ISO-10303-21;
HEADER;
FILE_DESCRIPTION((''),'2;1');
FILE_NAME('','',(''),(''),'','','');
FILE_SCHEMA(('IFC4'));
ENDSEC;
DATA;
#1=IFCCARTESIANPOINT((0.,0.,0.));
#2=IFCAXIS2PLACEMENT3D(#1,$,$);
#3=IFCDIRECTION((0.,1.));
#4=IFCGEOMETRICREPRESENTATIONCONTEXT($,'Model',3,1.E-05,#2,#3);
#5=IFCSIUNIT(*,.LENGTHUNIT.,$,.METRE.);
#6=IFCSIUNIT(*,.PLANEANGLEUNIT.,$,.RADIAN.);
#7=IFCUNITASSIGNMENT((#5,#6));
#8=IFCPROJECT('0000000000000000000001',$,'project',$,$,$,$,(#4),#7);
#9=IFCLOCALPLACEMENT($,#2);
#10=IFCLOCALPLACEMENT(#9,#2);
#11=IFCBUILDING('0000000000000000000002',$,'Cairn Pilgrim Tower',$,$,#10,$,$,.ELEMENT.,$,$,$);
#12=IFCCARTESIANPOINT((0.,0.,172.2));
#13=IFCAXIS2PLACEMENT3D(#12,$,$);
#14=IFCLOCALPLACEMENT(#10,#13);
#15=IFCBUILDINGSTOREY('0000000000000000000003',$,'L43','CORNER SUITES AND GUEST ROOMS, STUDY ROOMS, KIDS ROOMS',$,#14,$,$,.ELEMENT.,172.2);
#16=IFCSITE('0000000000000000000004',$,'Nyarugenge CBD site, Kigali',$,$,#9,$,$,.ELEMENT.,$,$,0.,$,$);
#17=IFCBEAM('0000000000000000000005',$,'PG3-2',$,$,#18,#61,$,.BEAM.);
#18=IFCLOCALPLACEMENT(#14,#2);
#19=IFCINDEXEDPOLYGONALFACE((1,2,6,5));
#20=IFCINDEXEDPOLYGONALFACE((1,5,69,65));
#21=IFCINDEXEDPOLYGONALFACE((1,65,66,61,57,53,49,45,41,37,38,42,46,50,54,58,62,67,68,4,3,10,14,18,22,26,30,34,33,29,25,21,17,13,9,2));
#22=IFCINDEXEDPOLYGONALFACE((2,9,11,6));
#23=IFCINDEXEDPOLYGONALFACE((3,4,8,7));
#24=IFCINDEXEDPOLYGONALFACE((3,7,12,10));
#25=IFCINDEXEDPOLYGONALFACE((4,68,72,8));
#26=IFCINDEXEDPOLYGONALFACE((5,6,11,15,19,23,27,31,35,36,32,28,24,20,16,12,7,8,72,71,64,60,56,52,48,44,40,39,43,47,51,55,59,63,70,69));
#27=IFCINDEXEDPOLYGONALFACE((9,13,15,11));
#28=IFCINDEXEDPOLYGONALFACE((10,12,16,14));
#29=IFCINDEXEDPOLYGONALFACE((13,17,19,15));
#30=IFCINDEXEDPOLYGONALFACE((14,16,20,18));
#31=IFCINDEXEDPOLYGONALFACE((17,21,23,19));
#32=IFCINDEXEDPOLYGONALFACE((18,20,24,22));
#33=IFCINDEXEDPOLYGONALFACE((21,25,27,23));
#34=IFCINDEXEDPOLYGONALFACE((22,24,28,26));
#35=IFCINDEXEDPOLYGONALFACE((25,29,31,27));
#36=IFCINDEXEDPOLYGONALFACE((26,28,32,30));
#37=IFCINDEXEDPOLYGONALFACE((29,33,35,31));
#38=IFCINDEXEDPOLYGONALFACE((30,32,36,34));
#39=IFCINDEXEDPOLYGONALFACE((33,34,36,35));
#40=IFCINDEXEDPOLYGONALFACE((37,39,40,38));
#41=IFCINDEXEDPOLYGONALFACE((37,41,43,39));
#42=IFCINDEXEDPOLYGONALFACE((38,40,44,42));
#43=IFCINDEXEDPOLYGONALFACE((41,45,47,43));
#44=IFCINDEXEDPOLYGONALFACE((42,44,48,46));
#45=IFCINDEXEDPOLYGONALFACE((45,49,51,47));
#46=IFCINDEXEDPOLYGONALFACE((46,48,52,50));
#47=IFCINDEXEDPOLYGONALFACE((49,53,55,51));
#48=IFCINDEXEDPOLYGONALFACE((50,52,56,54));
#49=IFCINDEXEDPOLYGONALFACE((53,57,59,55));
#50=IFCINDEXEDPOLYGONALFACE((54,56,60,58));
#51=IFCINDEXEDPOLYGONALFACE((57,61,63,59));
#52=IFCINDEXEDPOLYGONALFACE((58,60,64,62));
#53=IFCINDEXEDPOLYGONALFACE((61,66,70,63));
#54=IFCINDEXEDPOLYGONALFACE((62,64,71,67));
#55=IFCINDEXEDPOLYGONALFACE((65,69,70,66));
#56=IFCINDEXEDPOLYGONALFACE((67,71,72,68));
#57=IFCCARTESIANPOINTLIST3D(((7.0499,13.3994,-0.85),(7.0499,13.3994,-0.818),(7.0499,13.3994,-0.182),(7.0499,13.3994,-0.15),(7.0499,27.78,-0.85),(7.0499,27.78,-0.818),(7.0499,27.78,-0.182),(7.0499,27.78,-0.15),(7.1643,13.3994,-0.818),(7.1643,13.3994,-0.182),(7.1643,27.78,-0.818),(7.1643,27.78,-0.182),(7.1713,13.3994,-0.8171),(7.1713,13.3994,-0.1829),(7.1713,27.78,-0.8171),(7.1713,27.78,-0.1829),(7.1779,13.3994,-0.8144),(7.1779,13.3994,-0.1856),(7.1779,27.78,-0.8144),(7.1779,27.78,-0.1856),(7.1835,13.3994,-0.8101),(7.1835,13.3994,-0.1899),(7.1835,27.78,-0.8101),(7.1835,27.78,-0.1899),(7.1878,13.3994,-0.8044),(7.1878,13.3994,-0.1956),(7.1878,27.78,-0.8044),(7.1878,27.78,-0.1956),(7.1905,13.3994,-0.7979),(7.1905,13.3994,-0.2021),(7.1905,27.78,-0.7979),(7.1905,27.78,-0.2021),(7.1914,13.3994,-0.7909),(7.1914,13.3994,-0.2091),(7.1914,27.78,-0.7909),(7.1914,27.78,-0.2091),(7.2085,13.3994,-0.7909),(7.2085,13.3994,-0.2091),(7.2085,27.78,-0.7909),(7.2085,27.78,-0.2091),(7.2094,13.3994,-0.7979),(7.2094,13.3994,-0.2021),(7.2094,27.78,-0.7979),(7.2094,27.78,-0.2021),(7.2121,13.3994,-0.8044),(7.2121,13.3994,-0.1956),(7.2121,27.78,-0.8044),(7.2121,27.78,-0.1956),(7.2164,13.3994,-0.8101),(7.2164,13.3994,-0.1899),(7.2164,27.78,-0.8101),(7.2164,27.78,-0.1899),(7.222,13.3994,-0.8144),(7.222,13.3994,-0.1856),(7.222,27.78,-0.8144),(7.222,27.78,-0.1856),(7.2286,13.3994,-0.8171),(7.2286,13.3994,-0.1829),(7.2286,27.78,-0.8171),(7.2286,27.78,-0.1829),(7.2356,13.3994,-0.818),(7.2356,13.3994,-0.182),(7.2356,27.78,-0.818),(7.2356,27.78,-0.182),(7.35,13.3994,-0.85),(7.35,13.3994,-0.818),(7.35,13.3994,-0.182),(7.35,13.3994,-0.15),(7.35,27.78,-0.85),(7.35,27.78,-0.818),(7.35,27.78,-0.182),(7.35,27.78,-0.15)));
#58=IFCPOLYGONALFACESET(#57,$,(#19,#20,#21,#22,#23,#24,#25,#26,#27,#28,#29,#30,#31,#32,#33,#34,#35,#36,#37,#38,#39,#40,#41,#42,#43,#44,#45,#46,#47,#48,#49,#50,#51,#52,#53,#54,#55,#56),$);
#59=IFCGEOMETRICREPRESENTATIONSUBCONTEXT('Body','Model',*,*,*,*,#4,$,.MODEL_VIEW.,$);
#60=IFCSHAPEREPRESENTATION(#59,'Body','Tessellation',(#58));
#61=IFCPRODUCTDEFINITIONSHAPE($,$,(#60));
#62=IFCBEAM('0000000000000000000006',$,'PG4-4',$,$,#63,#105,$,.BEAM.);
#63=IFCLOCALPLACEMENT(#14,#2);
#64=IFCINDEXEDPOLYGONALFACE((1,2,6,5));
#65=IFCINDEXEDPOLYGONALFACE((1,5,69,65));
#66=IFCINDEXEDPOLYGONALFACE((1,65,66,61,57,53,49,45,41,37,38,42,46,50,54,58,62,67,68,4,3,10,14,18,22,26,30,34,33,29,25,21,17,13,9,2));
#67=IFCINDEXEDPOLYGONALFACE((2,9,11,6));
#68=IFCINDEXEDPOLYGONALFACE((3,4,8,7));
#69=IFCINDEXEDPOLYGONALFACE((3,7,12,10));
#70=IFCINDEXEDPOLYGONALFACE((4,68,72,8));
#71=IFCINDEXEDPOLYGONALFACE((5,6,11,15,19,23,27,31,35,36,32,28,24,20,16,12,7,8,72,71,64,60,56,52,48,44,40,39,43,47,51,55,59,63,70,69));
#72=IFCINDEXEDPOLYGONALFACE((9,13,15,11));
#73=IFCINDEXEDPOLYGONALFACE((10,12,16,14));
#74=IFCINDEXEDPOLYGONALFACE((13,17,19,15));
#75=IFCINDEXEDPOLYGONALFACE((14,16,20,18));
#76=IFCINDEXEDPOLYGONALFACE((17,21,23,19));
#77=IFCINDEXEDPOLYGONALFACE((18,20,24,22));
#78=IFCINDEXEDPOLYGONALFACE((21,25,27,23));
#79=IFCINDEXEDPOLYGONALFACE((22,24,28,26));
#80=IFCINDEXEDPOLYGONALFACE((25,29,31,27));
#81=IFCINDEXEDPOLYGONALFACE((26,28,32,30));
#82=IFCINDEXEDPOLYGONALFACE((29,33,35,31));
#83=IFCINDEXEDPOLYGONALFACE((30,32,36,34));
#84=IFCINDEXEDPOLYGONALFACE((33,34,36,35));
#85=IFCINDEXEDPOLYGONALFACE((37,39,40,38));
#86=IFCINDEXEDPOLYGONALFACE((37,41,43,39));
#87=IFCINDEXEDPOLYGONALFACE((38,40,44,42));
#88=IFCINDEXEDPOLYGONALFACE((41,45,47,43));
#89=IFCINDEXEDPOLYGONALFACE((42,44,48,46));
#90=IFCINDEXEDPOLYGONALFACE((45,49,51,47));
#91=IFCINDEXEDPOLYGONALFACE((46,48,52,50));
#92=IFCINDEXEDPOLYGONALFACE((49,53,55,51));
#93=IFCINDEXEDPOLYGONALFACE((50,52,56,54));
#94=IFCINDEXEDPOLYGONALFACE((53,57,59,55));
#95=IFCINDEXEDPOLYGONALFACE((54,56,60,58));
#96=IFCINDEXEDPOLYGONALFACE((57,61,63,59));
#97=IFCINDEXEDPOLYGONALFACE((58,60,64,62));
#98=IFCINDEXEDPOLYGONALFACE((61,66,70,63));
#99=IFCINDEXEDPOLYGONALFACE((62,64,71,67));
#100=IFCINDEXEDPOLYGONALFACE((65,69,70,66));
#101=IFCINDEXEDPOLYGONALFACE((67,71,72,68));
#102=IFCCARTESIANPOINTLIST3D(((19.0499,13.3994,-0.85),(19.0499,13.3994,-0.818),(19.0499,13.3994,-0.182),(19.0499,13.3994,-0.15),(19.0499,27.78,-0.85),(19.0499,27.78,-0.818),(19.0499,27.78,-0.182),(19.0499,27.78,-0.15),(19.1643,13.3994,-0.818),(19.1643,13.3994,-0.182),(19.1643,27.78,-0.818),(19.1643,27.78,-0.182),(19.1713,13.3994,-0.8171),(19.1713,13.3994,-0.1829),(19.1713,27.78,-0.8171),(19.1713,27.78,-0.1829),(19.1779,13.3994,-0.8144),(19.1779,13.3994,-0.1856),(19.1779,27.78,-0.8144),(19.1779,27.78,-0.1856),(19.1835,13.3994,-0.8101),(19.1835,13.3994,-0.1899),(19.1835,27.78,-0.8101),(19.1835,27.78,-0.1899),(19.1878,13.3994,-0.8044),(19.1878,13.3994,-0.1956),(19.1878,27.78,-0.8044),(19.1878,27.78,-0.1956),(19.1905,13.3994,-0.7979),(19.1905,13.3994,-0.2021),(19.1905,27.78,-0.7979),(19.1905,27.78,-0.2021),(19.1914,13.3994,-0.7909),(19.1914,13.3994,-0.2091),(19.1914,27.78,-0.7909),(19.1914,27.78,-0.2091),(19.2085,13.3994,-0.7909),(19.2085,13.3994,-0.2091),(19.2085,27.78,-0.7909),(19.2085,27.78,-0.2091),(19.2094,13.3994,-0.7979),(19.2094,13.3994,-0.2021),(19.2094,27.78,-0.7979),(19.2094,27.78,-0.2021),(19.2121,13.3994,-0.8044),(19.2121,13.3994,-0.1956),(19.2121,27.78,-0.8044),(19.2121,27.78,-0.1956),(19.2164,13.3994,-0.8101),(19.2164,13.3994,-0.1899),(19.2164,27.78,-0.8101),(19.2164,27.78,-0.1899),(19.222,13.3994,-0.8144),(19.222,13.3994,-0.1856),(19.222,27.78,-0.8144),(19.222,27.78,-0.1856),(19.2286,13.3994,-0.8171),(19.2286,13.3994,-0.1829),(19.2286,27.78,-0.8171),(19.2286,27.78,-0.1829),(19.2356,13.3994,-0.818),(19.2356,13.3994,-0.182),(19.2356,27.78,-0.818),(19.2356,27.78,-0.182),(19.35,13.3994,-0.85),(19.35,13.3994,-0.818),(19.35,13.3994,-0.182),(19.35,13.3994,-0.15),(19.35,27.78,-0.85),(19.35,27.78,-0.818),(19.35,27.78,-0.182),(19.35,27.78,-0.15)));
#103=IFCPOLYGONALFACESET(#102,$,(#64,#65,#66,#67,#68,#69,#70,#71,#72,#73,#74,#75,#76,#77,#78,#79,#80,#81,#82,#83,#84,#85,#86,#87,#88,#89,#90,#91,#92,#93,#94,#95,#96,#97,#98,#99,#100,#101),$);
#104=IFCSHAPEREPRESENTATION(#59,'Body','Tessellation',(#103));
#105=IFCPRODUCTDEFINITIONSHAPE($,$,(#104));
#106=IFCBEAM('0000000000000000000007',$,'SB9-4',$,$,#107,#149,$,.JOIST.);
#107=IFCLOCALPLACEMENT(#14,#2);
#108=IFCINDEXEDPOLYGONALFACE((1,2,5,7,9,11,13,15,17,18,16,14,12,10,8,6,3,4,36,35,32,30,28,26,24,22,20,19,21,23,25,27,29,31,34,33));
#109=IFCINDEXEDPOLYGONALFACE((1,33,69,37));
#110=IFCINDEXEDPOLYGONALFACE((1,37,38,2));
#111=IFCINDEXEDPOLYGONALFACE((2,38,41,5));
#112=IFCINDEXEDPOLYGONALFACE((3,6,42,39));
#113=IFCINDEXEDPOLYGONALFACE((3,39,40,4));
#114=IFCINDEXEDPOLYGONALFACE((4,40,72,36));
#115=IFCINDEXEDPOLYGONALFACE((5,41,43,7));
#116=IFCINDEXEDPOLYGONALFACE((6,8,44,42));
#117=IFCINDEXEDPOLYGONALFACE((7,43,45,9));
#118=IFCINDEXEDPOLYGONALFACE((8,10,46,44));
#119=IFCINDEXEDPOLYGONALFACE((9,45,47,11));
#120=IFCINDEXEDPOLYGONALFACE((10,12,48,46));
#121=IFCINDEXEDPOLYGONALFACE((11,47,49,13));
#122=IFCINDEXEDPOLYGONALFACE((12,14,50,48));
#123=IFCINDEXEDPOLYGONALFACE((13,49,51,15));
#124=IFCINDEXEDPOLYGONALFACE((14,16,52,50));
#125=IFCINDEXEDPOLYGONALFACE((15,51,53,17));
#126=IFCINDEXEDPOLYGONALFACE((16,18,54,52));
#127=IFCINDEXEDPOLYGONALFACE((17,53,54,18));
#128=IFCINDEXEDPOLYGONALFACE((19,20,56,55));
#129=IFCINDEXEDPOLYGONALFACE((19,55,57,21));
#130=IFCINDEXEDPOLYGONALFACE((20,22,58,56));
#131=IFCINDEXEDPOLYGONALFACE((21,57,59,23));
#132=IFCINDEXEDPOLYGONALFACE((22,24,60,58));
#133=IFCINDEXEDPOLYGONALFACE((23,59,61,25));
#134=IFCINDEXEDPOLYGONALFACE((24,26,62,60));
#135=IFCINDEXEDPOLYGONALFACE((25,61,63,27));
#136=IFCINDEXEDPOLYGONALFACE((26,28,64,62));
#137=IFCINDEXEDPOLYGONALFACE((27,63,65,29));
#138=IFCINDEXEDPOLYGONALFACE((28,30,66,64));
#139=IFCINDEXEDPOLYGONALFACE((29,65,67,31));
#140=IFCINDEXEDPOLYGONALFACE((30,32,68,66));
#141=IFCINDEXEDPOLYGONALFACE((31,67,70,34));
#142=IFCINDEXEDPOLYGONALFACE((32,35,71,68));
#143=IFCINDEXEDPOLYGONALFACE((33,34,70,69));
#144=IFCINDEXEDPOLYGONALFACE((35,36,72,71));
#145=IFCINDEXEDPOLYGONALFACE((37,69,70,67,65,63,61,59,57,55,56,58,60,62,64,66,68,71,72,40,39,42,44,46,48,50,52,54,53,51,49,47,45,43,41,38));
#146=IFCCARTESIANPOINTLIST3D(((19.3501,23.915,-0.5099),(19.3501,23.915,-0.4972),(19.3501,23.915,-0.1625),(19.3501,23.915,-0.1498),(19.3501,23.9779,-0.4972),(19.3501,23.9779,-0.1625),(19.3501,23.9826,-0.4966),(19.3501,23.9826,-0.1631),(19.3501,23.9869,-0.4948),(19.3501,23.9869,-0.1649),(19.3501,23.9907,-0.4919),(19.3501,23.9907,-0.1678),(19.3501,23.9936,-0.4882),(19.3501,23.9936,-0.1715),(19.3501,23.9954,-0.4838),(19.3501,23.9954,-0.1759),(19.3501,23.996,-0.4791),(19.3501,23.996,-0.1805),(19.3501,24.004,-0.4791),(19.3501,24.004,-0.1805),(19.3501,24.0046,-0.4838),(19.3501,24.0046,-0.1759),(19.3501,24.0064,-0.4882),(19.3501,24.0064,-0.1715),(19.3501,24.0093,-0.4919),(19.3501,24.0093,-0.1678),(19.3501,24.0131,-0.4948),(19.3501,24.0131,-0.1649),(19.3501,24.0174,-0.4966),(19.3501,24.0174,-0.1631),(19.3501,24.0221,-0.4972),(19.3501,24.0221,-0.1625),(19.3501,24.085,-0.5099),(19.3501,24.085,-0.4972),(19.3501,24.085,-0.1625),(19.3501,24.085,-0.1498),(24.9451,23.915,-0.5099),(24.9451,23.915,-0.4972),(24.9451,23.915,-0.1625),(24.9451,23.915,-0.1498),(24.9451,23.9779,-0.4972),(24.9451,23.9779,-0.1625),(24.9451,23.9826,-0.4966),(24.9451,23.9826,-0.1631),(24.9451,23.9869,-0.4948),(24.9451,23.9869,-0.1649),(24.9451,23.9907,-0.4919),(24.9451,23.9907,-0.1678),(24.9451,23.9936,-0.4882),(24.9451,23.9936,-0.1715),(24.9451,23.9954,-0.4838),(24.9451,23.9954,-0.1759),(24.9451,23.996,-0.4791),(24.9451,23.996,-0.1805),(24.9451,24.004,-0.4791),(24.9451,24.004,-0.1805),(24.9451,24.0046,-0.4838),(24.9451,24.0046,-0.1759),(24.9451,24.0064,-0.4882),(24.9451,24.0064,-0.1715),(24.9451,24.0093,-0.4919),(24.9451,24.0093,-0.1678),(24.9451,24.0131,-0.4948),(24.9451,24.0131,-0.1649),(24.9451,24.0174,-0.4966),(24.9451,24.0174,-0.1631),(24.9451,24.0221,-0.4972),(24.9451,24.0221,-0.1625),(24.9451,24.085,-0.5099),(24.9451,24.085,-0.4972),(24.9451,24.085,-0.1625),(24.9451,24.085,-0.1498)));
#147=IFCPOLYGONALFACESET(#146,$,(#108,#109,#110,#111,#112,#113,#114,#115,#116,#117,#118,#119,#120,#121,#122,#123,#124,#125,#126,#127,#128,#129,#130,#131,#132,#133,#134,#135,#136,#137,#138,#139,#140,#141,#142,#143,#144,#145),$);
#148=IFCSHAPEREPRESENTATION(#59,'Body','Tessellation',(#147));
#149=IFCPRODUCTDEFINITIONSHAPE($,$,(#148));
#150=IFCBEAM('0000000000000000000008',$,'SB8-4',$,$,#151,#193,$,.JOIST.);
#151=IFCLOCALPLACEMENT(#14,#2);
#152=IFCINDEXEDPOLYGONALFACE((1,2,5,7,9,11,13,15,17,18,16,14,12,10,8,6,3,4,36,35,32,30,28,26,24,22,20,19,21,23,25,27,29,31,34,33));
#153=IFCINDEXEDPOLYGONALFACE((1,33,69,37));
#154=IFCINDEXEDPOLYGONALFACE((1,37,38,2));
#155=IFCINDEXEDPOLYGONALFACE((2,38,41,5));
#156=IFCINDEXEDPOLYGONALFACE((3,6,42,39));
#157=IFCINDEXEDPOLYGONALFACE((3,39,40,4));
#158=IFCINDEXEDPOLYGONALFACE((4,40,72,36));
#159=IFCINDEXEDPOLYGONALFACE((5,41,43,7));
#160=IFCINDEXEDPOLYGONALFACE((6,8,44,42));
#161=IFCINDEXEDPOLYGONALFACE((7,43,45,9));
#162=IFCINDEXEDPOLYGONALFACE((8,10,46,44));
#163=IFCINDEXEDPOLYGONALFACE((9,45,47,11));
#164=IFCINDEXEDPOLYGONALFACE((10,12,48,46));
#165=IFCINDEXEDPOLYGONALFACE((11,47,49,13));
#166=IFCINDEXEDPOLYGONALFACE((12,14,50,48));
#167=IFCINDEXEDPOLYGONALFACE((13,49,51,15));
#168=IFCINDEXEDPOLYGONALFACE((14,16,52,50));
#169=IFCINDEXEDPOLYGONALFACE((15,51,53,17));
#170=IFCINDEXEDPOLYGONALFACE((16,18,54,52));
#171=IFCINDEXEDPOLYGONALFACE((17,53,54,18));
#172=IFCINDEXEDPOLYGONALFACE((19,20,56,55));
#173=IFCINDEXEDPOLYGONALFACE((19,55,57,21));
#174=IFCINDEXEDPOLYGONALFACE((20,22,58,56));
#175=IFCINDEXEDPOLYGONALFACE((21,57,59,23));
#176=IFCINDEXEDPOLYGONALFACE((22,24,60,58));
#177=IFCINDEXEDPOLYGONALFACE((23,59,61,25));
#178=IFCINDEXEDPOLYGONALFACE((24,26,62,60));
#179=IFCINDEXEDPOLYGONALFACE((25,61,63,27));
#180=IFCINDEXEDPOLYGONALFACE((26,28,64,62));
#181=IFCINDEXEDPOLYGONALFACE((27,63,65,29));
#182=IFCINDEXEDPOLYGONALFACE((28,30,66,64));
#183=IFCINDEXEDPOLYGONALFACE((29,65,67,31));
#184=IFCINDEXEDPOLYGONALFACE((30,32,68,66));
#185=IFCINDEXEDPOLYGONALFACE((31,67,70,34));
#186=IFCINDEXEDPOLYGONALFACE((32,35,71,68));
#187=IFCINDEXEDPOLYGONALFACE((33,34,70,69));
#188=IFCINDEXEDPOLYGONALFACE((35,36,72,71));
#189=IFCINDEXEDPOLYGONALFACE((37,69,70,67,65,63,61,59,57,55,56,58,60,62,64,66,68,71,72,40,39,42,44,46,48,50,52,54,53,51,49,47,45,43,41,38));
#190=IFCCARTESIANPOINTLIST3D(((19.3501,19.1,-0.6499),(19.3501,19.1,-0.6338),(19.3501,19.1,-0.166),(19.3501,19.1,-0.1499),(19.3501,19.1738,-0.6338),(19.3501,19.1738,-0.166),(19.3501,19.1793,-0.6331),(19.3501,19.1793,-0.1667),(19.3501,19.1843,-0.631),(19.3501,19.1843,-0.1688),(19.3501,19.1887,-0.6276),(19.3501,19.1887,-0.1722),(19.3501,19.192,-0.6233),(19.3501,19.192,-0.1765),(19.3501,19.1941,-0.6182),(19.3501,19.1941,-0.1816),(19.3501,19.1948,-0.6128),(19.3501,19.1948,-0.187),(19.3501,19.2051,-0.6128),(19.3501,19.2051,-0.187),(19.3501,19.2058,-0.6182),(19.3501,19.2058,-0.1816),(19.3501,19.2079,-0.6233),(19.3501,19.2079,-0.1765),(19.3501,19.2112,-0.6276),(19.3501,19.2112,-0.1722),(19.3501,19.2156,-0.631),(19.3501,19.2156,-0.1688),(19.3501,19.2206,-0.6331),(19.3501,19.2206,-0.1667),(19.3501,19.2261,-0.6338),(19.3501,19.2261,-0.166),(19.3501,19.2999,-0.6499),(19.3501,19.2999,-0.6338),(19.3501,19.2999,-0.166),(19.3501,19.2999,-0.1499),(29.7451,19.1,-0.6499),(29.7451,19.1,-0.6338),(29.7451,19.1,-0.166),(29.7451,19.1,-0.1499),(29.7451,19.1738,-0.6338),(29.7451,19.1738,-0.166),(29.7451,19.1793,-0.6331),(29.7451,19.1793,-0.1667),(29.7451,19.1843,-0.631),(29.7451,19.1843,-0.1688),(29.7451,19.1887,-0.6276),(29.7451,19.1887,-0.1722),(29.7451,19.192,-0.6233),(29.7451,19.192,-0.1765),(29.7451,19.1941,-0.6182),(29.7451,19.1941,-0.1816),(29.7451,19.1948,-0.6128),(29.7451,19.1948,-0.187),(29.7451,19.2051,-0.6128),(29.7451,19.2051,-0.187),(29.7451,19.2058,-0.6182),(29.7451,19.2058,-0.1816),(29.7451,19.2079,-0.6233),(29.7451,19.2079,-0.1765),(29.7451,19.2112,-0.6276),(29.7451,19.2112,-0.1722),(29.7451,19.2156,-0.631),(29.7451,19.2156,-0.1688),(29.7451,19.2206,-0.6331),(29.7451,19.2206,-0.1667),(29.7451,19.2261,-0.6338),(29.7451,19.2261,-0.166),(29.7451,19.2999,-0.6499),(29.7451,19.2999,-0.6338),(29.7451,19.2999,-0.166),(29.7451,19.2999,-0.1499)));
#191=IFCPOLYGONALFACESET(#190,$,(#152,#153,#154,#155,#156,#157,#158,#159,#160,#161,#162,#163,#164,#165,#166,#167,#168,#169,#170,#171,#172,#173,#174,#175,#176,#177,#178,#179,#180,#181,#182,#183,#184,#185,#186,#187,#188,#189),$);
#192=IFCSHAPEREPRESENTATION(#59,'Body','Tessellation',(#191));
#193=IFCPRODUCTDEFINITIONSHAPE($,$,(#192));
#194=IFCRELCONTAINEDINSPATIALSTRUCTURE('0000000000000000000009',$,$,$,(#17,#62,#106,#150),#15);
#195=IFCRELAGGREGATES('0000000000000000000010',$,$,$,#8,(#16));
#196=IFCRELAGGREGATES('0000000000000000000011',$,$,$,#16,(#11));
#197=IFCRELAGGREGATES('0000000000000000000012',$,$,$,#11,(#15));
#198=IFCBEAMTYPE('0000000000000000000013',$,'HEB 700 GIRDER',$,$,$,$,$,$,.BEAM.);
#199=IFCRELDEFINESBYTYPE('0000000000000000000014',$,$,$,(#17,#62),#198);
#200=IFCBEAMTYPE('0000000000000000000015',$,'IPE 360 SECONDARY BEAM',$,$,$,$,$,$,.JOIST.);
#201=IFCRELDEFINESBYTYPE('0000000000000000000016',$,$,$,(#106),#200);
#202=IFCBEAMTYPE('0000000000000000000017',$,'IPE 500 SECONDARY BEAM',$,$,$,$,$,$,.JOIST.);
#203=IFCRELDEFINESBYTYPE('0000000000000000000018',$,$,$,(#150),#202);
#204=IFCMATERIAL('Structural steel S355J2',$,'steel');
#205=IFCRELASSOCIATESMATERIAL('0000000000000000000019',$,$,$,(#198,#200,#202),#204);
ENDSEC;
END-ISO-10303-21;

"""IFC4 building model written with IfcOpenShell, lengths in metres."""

from ifc_helpers import new_model, si_unit, direction, frame, origin, origin_2d, place, context, subcontext, project, spatial, i_section, extrude, material, material_profile, profile_set, type_object, element, save


model = new_model("IFC4")

# Units and contexts
model_context = context("Model", 3, precision=1e-05, world=origin(), true_north=direction((0.0, 1.0)))
body_context = subcontext(model_context, "Body", "Model", "MODEL_VIEW")
ifc_project = project(units=[si_unit("LENGTHUNIT", "METRE"), si_unit("PLANEANGLEUNIT", "RADIAN")], contexts=[model_context])

# Site, building, storey
site_placement = place(None, origin())
site = spatial("IfcSite", under=ifc_project, at=site_placement, Name="Nyarugenge CBD site, Kigali", CompositionType="ELEMENT", RefElevation=0.0)
building_placement = place(site_placement, origin())
building = spatial("IfcBuilding", under=site, at=building_placement, Name="Cairn Pilgrim Tower", CompositionType="ELEMENT")
storey_placement = place(building_placement, frame((0.0, 0.0, 172.2)))
storey = spatial("IfcBuildingStorey", under=building, at=storey_placement, Name="L43", Description="CORNER SUITES AND GUEST ROOMS, STUDY ROOMS, KIDS ROOMS", CompositionType="ELEMENT", Elevation=172.2)

# Beams
ifc_material_1 = material(Name="Structural steel S355J2", Category="steel")
ifc_material_profile_1 = material_profile(ifc_material_1, i_section(OverallWidth=0.3, OverallDepth=0.7, WebThickness=0.0171, FlangeThickness=0.032, FilletRadius=0.0271, at=origin_2d()), Name="HEB 700")
ifc_profile_set_1 = profile_set([ifc_material_profile_1], Name="Structural steel S355J2")
beam_type_1 = type_object("IfcBeamType", Name="HEB 700 GIRDER", PredefinedType="BEAM", material=ifc_profile_set_1)
for number, where, z_axis, x_axis, name in (
    (1, (7.2, 13.3994, -0.5), (0.0, 1.0, 0.0), (-1.0, 0.0, 0.0), "PG3-2"),
    (2, (19.2, 13.3994, -0.5), (0.0, 1.0, 0.0), (-1.0, 0.0, 0.0), "PG4-4"),
):
    element("IfcBeam", number, at=place(storey_placement, frame(where, z_axis=z_axis, x_axis=x_axis)), inside=storey, type_object=beam_type_1, Name=name, PredefinedType="BEAM", context=body_context, shape_type="SweptSolid", body=[
        extrude(i_section(OverallWidth=0.3, OverallDepth=0.7, WebThickness=0.0171, FlangeThickness=0.032, FilletRadius=0.0271, at=origin_2d()), origin(), (0.0, 0.0, 1.0), 14.3806),
    ])
ifc_material_profile_2 = material_profile(ifc_material_1, i_section(OverallWidth=0.1699, OverallDepth=0.3601, WebThickness=0.0081, FlangeThickness=0.0127, FilletRadius=0.0181, at=origin_2d()), Name="IPE 360")
ifc_profile_set_2 = profile_set([ifc_material_profile_2], Name="Structural steel S355J2")
beam_type_2 = type_object("IfcBeamType", Name="IPE 360 SECONDARY BEAM", PredefinedType="JOIST", material=ifc_profile_set_2)
beam_1_placement = place(storey_placement, frame((19.3501, 24.0, -0.3298), z_axis=(1.0, 0.0, 0.0), x_axis=(0.0, 1.0, 0.0)))
element("IfcBeam", 3, at=beam_1_placement, inside=storey, type_object=beam_type_2, Name="SB9-4", PredefinedType="JOIST", context=body_context, shape_type="SweptSolid", body=[
    extrude(i_section(OverallWidth=0.1699, OverallDepth=0.3601, WebThickness=0.0081, FlangeThickness=0.0127, FilletRadius=0.0181, at=origin_2d()), origin(), (0.0, 0.0, 1.0), 5.595),
])
ifc_material_profile_3 = material_profile(ifc_material_1, i_section(OverallWidth=0.2, OverallDepth=0.5, WebThickness=0.0103, FlangeThickness=0.0161, FilletRadius=0.021, at=origin_2d()), Name="IPE 500")
ifc_profile_set_3 = profile_set([ifc_material_profile_3], Name="Structural steel S355J2")
beam_type_3 = type_object("IfcBeamType", Name="IPE 500 SECONDARY BEAM", PredefinedType="JOIST", material=ifc_profile_set_3)
beam_2_placement = place(storey_placement, frame((19.3501, 19.2, -0.3999), z_axis=(1.0, 0.0, 0.0), x_axis=(0.0, 1.0, 0.0)))
element("IfcBeam", 4, at=beam_2_placement, inside=storey, type_object=beam_type_3, Name="SB8-4", PredefinedType="JOIST", context=body_context, shape_type="SweptSolid", body=[
    extrude(i_section(OverallWidth=0.2, OverallDepth=0.5, WebThickness=0.0103, FlangeThickness=0.0161, FilletRadius=0.021, at=origin_2d()), origin(), (0.0, 0.0, 1.0), 10.395),
])

save(model, "model.ifc")
